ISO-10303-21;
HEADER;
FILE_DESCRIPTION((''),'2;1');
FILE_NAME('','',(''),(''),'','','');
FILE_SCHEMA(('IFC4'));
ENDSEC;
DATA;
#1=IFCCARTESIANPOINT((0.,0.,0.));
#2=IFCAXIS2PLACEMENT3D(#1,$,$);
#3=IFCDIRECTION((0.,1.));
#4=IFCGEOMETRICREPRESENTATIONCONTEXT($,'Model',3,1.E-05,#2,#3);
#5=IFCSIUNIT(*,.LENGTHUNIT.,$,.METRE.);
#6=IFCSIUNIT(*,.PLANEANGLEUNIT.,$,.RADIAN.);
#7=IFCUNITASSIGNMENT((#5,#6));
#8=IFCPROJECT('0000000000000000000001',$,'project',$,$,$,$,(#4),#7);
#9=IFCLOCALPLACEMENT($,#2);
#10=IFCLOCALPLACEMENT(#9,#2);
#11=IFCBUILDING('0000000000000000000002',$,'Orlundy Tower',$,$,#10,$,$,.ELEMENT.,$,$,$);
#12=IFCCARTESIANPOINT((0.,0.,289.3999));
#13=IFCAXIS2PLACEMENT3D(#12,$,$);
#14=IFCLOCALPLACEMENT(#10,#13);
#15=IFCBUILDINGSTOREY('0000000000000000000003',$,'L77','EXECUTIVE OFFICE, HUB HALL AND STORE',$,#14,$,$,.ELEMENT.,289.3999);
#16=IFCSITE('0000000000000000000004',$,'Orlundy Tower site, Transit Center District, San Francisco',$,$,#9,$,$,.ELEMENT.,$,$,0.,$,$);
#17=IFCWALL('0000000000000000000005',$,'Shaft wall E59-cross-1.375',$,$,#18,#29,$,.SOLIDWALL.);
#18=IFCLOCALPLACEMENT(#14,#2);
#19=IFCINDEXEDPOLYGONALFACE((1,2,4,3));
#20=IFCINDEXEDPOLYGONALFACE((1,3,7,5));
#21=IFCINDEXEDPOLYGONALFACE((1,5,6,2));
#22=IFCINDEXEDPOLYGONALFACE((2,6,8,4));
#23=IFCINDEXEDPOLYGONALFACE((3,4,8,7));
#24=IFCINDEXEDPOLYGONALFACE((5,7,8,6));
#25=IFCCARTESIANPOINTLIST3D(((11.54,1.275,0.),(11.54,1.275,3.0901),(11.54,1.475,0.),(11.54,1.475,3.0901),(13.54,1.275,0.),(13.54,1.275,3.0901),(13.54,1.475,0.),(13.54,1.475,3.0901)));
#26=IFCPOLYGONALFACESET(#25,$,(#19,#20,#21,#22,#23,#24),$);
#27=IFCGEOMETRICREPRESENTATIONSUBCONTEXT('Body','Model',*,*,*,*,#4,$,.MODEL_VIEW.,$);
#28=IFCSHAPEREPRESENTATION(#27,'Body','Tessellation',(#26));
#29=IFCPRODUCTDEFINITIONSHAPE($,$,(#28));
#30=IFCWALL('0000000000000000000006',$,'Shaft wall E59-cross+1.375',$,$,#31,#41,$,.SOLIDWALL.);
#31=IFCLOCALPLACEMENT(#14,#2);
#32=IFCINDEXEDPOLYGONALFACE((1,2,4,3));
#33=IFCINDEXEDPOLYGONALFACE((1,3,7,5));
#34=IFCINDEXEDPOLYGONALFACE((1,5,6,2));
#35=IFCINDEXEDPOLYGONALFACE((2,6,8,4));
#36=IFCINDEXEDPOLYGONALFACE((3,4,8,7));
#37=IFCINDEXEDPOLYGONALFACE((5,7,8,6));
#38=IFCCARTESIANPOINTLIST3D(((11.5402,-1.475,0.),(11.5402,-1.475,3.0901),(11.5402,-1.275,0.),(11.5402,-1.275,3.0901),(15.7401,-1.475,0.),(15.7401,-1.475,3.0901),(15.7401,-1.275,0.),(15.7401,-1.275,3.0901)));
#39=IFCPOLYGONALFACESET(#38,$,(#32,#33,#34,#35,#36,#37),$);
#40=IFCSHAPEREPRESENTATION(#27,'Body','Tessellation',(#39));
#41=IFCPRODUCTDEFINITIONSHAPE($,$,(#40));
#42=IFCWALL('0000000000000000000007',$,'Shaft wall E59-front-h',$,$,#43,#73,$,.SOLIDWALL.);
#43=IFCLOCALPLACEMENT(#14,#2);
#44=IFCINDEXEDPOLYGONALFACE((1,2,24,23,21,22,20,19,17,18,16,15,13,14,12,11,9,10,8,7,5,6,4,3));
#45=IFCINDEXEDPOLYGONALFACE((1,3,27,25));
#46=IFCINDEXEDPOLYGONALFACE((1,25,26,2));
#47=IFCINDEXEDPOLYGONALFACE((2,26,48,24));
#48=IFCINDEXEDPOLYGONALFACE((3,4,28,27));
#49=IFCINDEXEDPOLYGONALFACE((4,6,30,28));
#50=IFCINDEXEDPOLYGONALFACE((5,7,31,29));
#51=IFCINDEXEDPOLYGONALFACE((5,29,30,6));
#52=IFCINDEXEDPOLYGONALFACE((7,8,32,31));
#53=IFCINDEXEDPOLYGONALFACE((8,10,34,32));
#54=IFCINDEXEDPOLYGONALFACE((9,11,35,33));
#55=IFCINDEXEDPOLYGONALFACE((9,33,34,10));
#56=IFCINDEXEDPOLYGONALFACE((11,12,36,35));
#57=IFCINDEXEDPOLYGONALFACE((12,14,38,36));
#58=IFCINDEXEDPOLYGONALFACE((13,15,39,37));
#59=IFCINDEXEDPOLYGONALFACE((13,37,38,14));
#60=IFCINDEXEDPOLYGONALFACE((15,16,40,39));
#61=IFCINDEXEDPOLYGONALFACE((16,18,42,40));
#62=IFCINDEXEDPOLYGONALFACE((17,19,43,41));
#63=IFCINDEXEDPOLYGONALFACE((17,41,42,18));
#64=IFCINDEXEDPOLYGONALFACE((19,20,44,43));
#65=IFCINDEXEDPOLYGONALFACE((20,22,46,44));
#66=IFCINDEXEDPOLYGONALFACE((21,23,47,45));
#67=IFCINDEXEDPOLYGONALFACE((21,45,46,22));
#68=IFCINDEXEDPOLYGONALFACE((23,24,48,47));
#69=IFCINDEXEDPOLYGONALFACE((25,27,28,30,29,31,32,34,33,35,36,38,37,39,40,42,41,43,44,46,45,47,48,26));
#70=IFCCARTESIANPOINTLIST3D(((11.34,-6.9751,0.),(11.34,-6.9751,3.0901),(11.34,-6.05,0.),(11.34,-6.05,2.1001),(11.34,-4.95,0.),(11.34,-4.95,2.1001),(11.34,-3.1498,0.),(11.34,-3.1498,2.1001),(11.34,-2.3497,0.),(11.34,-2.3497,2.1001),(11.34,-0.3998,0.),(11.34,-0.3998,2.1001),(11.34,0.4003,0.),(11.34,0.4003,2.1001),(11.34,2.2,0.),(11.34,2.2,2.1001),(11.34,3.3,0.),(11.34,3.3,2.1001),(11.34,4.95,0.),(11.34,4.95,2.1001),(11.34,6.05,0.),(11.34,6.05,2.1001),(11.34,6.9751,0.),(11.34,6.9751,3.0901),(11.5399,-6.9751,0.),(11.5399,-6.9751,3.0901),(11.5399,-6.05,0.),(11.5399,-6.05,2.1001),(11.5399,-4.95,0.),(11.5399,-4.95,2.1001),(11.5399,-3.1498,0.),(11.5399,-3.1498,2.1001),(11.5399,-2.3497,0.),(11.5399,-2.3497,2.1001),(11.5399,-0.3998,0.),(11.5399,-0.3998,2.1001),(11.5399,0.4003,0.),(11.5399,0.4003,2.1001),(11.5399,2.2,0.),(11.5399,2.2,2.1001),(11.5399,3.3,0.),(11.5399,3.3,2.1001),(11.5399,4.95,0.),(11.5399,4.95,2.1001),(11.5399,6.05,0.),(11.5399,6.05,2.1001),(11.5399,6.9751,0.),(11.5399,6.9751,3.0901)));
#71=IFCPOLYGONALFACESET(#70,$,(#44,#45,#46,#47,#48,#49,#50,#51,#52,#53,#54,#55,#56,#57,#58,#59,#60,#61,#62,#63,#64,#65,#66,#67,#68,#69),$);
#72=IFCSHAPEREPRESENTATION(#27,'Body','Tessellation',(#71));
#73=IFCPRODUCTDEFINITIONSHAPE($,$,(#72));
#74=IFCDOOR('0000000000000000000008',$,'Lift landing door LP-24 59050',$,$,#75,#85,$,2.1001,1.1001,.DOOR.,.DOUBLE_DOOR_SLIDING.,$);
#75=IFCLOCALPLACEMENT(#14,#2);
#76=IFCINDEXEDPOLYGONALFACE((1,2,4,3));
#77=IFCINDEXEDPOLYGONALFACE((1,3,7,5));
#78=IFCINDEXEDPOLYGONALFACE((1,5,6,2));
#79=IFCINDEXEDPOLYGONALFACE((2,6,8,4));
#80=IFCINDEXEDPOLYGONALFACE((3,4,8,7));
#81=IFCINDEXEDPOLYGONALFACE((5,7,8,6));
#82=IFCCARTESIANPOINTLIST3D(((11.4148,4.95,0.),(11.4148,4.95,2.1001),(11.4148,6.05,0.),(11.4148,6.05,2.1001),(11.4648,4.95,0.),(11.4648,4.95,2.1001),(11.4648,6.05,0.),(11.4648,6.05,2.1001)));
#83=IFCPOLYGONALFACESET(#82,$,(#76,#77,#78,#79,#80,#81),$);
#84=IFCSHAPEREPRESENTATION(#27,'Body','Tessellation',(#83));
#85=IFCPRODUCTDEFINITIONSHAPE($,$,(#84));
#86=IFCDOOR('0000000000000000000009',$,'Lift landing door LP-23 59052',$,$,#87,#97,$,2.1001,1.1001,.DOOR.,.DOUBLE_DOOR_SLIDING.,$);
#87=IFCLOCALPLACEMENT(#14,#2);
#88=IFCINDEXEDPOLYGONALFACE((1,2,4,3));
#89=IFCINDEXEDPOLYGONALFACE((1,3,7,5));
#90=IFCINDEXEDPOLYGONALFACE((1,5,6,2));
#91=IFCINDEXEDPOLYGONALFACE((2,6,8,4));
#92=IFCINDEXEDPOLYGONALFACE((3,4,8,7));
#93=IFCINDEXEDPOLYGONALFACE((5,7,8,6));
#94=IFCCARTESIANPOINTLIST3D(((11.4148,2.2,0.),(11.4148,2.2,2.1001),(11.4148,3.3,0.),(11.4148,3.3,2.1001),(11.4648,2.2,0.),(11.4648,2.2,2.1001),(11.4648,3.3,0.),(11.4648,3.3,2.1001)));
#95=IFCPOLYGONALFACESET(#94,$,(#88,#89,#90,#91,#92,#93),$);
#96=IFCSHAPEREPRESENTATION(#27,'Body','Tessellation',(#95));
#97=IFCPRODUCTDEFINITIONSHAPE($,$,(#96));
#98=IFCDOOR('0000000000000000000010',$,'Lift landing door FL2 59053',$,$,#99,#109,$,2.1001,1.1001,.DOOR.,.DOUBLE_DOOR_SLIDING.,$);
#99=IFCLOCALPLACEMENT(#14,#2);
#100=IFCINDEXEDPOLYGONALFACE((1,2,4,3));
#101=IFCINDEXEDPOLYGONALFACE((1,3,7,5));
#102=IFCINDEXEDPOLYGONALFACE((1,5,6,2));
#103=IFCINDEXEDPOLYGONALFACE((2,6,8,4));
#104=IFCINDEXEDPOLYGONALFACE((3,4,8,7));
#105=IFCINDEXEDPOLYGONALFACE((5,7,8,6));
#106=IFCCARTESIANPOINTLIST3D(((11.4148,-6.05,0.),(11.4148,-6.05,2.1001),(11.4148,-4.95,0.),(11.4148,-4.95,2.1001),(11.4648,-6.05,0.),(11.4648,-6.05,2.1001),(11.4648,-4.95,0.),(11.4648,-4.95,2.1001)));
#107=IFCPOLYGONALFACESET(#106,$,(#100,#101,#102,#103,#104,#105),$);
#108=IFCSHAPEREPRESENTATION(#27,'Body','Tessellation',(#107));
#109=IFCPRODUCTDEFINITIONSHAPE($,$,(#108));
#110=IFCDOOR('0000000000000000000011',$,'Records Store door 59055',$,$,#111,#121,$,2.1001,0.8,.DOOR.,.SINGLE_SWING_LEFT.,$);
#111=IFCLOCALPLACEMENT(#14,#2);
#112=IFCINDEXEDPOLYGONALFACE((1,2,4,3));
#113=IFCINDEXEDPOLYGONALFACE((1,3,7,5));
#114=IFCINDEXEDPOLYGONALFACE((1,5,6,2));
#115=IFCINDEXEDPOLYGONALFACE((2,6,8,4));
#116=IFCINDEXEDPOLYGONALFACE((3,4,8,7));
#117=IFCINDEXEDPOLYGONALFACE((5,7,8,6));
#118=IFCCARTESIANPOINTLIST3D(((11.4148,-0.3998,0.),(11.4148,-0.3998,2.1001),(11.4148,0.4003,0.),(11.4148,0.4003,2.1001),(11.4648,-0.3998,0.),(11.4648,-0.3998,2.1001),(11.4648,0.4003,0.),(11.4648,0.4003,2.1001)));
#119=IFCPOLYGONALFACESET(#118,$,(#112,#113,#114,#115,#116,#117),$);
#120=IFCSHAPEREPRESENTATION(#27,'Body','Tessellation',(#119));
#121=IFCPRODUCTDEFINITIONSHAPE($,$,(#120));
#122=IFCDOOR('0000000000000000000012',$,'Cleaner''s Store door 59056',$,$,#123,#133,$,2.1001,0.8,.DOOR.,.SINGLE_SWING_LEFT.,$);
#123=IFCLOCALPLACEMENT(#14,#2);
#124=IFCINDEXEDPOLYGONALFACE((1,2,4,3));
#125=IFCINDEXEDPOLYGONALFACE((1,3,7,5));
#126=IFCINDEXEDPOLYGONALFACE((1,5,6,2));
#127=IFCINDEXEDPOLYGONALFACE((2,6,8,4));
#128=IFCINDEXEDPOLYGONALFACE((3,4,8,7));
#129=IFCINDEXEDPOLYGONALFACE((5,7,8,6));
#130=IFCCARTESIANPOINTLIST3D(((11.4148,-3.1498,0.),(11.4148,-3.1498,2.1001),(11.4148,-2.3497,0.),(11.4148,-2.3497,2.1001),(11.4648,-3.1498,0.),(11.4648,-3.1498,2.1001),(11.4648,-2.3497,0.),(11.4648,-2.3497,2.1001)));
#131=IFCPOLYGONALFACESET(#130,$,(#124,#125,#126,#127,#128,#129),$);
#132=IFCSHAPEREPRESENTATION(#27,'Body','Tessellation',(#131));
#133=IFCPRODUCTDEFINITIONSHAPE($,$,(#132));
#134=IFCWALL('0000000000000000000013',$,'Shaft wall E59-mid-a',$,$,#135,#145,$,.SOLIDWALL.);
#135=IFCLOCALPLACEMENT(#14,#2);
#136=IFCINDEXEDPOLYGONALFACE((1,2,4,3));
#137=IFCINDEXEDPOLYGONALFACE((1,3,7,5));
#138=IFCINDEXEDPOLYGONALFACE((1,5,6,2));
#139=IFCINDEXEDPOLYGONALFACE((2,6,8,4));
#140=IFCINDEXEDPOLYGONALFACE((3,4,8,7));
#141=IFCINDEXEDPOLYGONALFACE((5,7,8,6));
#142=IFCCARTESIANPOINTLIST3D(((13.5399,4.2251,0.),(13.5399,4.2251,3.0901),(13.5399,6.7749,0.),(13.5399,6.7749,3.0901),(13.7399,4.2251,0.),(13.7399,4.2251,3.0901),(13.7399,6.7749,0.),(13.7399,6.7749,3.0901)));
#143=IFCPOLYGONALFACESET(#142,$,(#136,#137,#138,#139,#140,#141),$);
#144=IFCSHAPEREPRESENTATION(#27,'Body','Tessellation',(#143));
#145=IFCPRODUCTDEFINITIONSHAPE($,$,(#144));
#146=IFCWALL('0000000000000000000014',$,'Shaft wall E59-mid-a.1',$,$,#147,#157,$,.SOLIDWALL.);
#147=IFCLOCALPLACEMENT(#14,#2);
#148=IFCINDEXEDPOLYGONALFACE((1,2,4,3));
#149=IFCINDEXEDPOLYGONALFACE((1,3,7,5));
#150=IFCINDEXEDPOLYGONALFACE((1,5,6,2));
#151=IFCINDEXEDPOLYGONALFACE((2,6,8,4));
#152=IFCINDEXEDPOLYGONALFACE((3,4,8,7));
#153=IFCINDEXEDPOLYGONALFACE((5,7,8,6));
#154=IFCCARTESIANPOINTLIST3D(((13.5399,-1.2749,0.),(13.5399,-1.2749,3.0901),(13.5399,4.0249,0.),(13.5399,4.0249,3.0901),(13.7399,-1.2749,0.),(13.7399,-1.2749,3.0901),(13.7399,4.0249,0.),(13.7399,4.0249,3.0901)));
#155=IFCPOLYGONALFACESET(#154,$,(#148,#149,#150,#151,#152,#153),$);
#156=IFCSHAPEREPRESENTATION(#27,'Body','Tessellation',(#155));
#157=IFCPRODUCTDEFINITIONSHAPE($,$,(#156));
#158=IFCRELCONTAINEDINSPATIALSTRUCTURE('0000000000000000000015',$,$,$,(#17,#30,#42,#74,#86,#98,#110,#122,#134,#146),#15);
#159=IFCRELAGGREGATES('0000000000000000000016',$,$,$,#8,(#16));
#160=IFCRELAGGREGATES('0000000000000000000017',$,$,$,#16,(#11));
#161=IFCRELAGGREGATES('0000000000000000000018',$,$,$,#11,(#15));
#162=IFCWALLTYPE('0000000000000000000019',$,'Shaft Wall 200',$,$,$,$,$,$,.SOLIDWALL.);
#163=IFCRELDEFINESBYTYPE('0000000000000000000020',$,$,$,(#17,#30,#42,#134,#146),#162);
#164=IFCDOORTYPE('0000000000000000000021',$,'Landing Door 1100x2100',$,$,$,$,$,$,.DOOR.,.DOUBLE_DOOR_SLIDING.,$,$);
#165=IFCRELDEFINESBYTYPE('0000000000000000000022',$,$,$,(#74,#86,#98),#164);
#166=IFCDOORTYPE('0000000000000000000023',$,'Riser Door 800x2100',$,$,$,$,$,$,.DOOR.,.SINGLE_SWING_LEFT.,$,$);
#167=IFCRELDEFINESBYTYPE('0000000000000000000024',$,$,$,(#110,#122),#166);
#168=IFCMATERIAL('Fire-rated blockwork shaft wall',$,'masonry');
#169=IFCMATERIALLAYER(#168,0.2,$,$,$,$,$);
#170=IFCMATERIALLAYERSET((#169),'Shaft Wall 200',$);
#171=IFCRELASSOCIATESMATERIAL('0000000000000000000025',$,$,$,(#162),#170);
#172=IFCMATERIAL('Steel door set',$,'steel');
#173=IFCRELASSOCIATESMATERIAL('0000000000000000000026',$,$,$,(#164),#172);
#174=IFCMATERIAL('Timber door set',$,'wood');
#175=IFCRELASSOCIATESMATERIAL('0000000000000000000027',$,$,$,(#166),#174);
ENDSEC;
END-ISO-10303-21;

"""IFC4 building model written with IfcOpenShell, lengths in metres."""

from ifc_helpers import new_model, si_unit, direction, frame, frame_2d, origin, place, context, subcontext, project, spatial, rectangle, extrude, material, layer, layer_set, type_object, element, fill, save


model = new_model("IFC4")

# Units and contexts
model_context = context("Model", 3, precision=1e-05, world=origin(), true_north=direction((0.0, 1.0)))
body_context = subcontext(model_context, "Body", "Model", "MODEL_VIEW")
ifc_project = project(units=[si_unit("LENGTHUNIT", "METRE"), si_unit("PLANEANGLEUNIT", "RADIAN")], contexts=[model_context])

# Site, building, storey
site_placement = place(None, origin())
site = spatial("IfcSite", under=ifc_project, at=site_placement, Name="Orlundy Tower site, Transit Center District, San Francisco", CompositionType="ELEMENT", RefElevation=0.0)
building_placement = place(site_placement, origin())
building = spatial("IfcBuilding", under=site, at=building_placement, Name="Orlundy Tower", CompositionType="ELEMENT")
storey_placement = place(building_placement, frame((0.0, 0.0, 289.3999)))
storey = spatial("IfcBuildingStorey", under=building, at=storey_placement, Name="L77", Description="EXECUTIVE OFFICE, HUB HALL AND STORE", CompositionType="ELEMENT", Elevation=289.3999)

# Walls
ifc_material_1 = material(Name="Fire-rated blockwork shaft wall", Category="masonry")
ifc_layer_1 = layer(ifc_material_1, 0.2)
ifc_layer_set_1 = layer_set([ifc_layer_1], Name="Shaft Wall 200")
wall_type_1 = type_object("IfcWallType", Name="Shaft Wall 200", PredefinedType="SOLIDWALL", material=ifc_layer_set_1)
wall_1_placement = place(storey_placement, frame((11.54, 1.375, 0.0), z_axis=(0.0, 0.0, 1.0), x_axis=(1.0, 0.0, 0.0)))
element("IfcWall", 1, at=wall_1_placement, inside=storey, type_object=wall_type_1, Name="Shaft wall E59-cross-1.375", PredefinedType="SOLIDWALL", context=body_context, shape_type="SweptSolid", body=[
    extrude(rectangle(XDim=2.0, YDim=0.2, at=frame_2d((1.0, 0.0))), origin(), (0.0, 0.0, 1.0), 3.0901),
])
wall_2_placement = place(storey_placement, frame((11.54, -1.375, 0.0), z_axis=(0.0, 0.0, 1.0), x_axis=(1.0, 0.0, 0.0)))
element("IfcWall", 2, at=wall_2_placement, inside=storey, type_object=wall_type_1, Name="Shaft wall E59-cross+1.375", PredefinedType="SOLIDWALL", context=body_context, shape_type="SweptSolid", body=[
    extrude(rectangle(XDim=4.2, YDim=0.2, at=frame_2d((2.1001, 0.0))), origin(), (0.0, 0.0, 1.0), 3.0901),
])

# Wall, openings, doors
wall_3_placement = place(storey_placement, frame((11.4399, 6.9751, 0.0), z_axis=(0.0, 0.0, 1.0), x_axis=(0.0, -1.0, 0.0)))
wall_3 = element("IfcWall", 3, at=wall_3_placement, inside=storey, type_object=wall_type_1, Name="Shaft wall E59-front-h", PredefinedType="SOLIDWALL", context=body_context, shape_type="SweptSolid", body=[
    extrude(rectangle(XDim=13.9502, YDim=0.2, at=frame_2d((6.9751, 0.0))), origin(), (0.0, 0.0, 1.0), 3.0901),
])
opening_1_placement = place(wall_3_placement, frame((0.925, 0.0, 0.0)))
opening_1 = element("IfcOpeningElement", 4, at=opening_1_placement, cuts=wall_3, PredefinedType="OPENING", context=body_context, shape_type="SweptSolid", body=[
    extrude(rectangle(XDim=1.1001, YDim=2.1001, at=frame_2d((0.55, 1.05))), frame((0.0, 0.1101, 0.0), z_axis=(0.0, -1.0, 0.0), x_axis=(1.0, 0.0, 0.0)), (0.0, 0.0, 1.0), 0.2202),
])
opening_2_placement = place(wall_3_placement, frame((3.675, 0.0, 0.0)))
opening_2 = element("IfcOpeningElement", 5, at=opening_2_placement, cuts=wall_3, PredefinedType="OPENING", context=body_context, shape_type="SweptSolid", body=[
    extrude(rectangle(XDim=1.1001, YDim=2.1001, at=frame_2d((0.55, 1.05))), frame((0.0, 0.1101, 0.0), z_axis=(0.0, -1.0, 0.0), x_axis=(1.0, 0.0, 0.0)), (0.0, 0.0, 1.0), 0.2202),
])
opening_3_placement = place(wall_3_placement, frame((11.925, 0.0, 0.0)))
opening_3 = element("IfcOpeningElement", 6, at=opening_3_placement, cuts=wall_3, PredefinedType="OPENING", context=body_context, shape_type="SweptSolid", body=[
    extrude(rectangle(XDim=1.1001, YDim=2.1001, at=frame_2d((0.55, 1.05))), frame((0.0, 0.1101, 0.0), z_axis=(0.0, -1.0, 0.0), x_axis=(1.0, 0.0, 0.0)), (0.0, 0.0, 1.0), 0.2202),
])
opening_4_placement = place(wall_3_placement, frame((6.575, 0.0, 0.0)))
opening_4 = element("IfcOpeningElement", 7, at=opening_4_placement, cuts=wall_3, PredefinedType="OPENING", context=body_context, shape_type="SweptSolid", body=[
    extrude(rectangle(XDim=0.8, YDim=2.1001, at=frame_2d((0.3999, 1.05))), frame((0.0, 0.1101, 0.0), z_axis=(0.0, -1.0, 0.0), x_axis=(1.0, 0.0, 0.0)), (0.0, 0.0, 1.0), 0.2202),
])
opening_5_placement = place(wall_3_placement, frame((9.325, 0.0, 0.0)))
opening_5 = element("IfcOpeningElement", 8, at=opening_5_placement, cuts=wall_3, PredefinedType="OPENING", context=body_context, shape_type="SweptSolid", body=[
    extrude(rectangle(XDim=0.8, YDim=2.1001, at=frame_2d((0.3999, 1.05))), frame((0.0, 0.1101, 0.0), z_axis=(0.0, -1.0, 0.0), x_axis=(1.0, 0.0, 0.0)), (0.0, 0.0, 1.0), 0.2202),
])
ifc_material_2 = material(Name="Steel door set", Category="steel")
door_type_1 = type_object("IfcDoorType", Name="Landing Door 1100x2100", OperationType="DOUBLE_DOOR_SLIDING", PredefinedType="DOOR", material=ifc_material_2)
door_1_placement = place(opening_1_placement, origin())
door_1 = element("IfcDoor", 9, at=door_1_placement, inside=storey, type_object=door_type_1, Name="Lift landing door LP-24 59050", OperationType="DOUBLE_DOOR_SLIDING", OverallHeight=2.1001, OverallWidth=1.1001, PredefinedType="DOOR", context=body_context, shape_type="SweptSolid", body=[
    extrude(rectangle(XDim=1.1001, YDim=2.1001, at=frame_2d((0.55, 1.05))), frame((0.0, 0.0249, 0.0), z_axis=(0.0, -1.0, 0.0), x_axis=(1.0, 0.0, 0.0)), (0.0, 0.0, 1.0), 0.05),
])
fill(opening_1, door_1)
door_2_placement = place(opening_2_placement, origin())
door_2 = element("IfcDoor", 10, at=door_2_placement, inside=storey, type_object=door_type_1, Name="Lift landing door LP-23 59052", OperationType="DOUBLE_DOOR_SLIDING", OverallHeight=2.1001, OverallWidth=1.1001, PredefinedType="DOOR", context=body_context, shape_type="SweptSolid", body=[
    extrude(rectangle(XDim=1.1001, YDim=2.1001, at=frame_2d((0.55, 1.05))), frame((0.0, 0.0249, 0.0), z_axis=(0.0, -1.0, 0.0), x_axis=(1.0, 0.0, 0.0)), (0.0, 0.0, 1.0), 0.05),
])
fill(opening_2, door_2)
door_3_placement = place(opening_3_placement, origin())
door_3 = element("IfcDoor", 11, at=door_3_placement, inside=storey, type_object=door_type_1, Name="Lift landing door FL2 59053", OperationType="DOUBLE_DOOR_SLIDING", OverallHeight=2.1001, OverallWidth=1.1001, PredefinedType="DOOR", context=body_context, shape_type="SweptSolid", body=[
    extrude(rectangle(XDim=1.1001, YDim=2.1001, at=frame_2d((0.55, 1.05))), frame((0.0, 0.0249, 0.0), z_axis=(0.0, -1.0, 0.0), x_axis=(1.0, 0.0, 0.0)), (0.0, 0.0, 1.0), 0.05),
])
fill(opening_3, door_3)
ifc_material_3 = material(Name="Timber door set", Category="wood")
door_type_2 = type_object("IfcDoorType", Name="Riser Door 800x2100", OperationType="SINGLE_SWING_LEFT", PredefinedType="DOOR", material=ifc_material_3)
door_4_placement = place(opening_4_placement, origin())
door_4 = element("IfcDoor", 12, at=door_4_placement, inside=storey, type_object=door_type_2, Name="Records Store door 59055", OperationType="SINGLE_SWING_LEFT", OverallHeight=2.1001, OverallWidth=0.8, PredefinedType="DOOR", context=body_context, shape_type="SweptSolid", body=[
    extrude(rectangle(XDim=0.8, YDim=2.1001, at=frame_2d((0.3999, 1.05))), frame((0.0, 0.0249, 0.0), z_axis=(0.0, -1.0, 0.0), x_axis=(1.0, 0.0, 0.0)), (0.0, 0.0, 1.0), 0.05),
])
fill(opening_4, door_4)
door_5_placement = place(opening_5_placement, origin())
door_5 = element("IfcDoor", 13, at=door_5_placement, inside=storey, type_object=door_type_2, Name="Cleaner's Store door 59056", OperationType="SINGLE_SWING_LEFT", OverallHeight=2.1001, OverallWidth=0.8, PredefinedType="DOOR", context=body_context, shape_type="SweptSolid", body=[
    extrude(rectangle(XDim=0.8, YDim=2.1001, at=frame_2d((0.3999, 1.05))), frame((0.0, 0.0249, 0.0), z_axis=(0.0, -1.0, 0.0), x_axis=(1.0, 0.0, 0.0)), (0.0, 0.0, 1.0), 0.05),
])
fill(opening_5, door_5)

# Walls
wall_4_placement = place(storey_placement, frame((13.6399, 6.7749, 0.0), z_axis=(0.0, 0.0, 1.0), x_axis=(0.0, -1.0, 0.0)))
element("IfcWall", 14, at=wall_4_placement, inside=storey, type_object=wall_type_1, Name="Shaft wall E59-mid-a", PredefinedType="SOLIDWALL", context=body_context, shape_type="SweptSolid", body=[
    extrude(rectangle(XDim=2.5498, YDim=0.2, at=frame_2d((1.2749, 0.0))), origin(), (0.0, 0.0, 1.0), 3.0901),
])
wall_5_placement = place(storey_placement, frame((13.6399, 4.0249, 0.0), z_axis=(0.0, 0.0, 1.0), x_axis=(0.0, -1.0, 0.0)))
element("IfcWall", 15, at=wall_5_placement, inside=storey, type_object=wall_type_1, Name="Shaft wall E59-mid-a.1", PredefinedType="SOLIDWALL", context=body_context, shape_type="SweptSolid", body=[
    extrude(rectangle(XDim=5.2998, YDim=0.2, at=frame_2d((2.6499, 0.0))), origin(), (0.0, 0.0, 1.0), 3.0901),
])

save(model, "model.ifc")
